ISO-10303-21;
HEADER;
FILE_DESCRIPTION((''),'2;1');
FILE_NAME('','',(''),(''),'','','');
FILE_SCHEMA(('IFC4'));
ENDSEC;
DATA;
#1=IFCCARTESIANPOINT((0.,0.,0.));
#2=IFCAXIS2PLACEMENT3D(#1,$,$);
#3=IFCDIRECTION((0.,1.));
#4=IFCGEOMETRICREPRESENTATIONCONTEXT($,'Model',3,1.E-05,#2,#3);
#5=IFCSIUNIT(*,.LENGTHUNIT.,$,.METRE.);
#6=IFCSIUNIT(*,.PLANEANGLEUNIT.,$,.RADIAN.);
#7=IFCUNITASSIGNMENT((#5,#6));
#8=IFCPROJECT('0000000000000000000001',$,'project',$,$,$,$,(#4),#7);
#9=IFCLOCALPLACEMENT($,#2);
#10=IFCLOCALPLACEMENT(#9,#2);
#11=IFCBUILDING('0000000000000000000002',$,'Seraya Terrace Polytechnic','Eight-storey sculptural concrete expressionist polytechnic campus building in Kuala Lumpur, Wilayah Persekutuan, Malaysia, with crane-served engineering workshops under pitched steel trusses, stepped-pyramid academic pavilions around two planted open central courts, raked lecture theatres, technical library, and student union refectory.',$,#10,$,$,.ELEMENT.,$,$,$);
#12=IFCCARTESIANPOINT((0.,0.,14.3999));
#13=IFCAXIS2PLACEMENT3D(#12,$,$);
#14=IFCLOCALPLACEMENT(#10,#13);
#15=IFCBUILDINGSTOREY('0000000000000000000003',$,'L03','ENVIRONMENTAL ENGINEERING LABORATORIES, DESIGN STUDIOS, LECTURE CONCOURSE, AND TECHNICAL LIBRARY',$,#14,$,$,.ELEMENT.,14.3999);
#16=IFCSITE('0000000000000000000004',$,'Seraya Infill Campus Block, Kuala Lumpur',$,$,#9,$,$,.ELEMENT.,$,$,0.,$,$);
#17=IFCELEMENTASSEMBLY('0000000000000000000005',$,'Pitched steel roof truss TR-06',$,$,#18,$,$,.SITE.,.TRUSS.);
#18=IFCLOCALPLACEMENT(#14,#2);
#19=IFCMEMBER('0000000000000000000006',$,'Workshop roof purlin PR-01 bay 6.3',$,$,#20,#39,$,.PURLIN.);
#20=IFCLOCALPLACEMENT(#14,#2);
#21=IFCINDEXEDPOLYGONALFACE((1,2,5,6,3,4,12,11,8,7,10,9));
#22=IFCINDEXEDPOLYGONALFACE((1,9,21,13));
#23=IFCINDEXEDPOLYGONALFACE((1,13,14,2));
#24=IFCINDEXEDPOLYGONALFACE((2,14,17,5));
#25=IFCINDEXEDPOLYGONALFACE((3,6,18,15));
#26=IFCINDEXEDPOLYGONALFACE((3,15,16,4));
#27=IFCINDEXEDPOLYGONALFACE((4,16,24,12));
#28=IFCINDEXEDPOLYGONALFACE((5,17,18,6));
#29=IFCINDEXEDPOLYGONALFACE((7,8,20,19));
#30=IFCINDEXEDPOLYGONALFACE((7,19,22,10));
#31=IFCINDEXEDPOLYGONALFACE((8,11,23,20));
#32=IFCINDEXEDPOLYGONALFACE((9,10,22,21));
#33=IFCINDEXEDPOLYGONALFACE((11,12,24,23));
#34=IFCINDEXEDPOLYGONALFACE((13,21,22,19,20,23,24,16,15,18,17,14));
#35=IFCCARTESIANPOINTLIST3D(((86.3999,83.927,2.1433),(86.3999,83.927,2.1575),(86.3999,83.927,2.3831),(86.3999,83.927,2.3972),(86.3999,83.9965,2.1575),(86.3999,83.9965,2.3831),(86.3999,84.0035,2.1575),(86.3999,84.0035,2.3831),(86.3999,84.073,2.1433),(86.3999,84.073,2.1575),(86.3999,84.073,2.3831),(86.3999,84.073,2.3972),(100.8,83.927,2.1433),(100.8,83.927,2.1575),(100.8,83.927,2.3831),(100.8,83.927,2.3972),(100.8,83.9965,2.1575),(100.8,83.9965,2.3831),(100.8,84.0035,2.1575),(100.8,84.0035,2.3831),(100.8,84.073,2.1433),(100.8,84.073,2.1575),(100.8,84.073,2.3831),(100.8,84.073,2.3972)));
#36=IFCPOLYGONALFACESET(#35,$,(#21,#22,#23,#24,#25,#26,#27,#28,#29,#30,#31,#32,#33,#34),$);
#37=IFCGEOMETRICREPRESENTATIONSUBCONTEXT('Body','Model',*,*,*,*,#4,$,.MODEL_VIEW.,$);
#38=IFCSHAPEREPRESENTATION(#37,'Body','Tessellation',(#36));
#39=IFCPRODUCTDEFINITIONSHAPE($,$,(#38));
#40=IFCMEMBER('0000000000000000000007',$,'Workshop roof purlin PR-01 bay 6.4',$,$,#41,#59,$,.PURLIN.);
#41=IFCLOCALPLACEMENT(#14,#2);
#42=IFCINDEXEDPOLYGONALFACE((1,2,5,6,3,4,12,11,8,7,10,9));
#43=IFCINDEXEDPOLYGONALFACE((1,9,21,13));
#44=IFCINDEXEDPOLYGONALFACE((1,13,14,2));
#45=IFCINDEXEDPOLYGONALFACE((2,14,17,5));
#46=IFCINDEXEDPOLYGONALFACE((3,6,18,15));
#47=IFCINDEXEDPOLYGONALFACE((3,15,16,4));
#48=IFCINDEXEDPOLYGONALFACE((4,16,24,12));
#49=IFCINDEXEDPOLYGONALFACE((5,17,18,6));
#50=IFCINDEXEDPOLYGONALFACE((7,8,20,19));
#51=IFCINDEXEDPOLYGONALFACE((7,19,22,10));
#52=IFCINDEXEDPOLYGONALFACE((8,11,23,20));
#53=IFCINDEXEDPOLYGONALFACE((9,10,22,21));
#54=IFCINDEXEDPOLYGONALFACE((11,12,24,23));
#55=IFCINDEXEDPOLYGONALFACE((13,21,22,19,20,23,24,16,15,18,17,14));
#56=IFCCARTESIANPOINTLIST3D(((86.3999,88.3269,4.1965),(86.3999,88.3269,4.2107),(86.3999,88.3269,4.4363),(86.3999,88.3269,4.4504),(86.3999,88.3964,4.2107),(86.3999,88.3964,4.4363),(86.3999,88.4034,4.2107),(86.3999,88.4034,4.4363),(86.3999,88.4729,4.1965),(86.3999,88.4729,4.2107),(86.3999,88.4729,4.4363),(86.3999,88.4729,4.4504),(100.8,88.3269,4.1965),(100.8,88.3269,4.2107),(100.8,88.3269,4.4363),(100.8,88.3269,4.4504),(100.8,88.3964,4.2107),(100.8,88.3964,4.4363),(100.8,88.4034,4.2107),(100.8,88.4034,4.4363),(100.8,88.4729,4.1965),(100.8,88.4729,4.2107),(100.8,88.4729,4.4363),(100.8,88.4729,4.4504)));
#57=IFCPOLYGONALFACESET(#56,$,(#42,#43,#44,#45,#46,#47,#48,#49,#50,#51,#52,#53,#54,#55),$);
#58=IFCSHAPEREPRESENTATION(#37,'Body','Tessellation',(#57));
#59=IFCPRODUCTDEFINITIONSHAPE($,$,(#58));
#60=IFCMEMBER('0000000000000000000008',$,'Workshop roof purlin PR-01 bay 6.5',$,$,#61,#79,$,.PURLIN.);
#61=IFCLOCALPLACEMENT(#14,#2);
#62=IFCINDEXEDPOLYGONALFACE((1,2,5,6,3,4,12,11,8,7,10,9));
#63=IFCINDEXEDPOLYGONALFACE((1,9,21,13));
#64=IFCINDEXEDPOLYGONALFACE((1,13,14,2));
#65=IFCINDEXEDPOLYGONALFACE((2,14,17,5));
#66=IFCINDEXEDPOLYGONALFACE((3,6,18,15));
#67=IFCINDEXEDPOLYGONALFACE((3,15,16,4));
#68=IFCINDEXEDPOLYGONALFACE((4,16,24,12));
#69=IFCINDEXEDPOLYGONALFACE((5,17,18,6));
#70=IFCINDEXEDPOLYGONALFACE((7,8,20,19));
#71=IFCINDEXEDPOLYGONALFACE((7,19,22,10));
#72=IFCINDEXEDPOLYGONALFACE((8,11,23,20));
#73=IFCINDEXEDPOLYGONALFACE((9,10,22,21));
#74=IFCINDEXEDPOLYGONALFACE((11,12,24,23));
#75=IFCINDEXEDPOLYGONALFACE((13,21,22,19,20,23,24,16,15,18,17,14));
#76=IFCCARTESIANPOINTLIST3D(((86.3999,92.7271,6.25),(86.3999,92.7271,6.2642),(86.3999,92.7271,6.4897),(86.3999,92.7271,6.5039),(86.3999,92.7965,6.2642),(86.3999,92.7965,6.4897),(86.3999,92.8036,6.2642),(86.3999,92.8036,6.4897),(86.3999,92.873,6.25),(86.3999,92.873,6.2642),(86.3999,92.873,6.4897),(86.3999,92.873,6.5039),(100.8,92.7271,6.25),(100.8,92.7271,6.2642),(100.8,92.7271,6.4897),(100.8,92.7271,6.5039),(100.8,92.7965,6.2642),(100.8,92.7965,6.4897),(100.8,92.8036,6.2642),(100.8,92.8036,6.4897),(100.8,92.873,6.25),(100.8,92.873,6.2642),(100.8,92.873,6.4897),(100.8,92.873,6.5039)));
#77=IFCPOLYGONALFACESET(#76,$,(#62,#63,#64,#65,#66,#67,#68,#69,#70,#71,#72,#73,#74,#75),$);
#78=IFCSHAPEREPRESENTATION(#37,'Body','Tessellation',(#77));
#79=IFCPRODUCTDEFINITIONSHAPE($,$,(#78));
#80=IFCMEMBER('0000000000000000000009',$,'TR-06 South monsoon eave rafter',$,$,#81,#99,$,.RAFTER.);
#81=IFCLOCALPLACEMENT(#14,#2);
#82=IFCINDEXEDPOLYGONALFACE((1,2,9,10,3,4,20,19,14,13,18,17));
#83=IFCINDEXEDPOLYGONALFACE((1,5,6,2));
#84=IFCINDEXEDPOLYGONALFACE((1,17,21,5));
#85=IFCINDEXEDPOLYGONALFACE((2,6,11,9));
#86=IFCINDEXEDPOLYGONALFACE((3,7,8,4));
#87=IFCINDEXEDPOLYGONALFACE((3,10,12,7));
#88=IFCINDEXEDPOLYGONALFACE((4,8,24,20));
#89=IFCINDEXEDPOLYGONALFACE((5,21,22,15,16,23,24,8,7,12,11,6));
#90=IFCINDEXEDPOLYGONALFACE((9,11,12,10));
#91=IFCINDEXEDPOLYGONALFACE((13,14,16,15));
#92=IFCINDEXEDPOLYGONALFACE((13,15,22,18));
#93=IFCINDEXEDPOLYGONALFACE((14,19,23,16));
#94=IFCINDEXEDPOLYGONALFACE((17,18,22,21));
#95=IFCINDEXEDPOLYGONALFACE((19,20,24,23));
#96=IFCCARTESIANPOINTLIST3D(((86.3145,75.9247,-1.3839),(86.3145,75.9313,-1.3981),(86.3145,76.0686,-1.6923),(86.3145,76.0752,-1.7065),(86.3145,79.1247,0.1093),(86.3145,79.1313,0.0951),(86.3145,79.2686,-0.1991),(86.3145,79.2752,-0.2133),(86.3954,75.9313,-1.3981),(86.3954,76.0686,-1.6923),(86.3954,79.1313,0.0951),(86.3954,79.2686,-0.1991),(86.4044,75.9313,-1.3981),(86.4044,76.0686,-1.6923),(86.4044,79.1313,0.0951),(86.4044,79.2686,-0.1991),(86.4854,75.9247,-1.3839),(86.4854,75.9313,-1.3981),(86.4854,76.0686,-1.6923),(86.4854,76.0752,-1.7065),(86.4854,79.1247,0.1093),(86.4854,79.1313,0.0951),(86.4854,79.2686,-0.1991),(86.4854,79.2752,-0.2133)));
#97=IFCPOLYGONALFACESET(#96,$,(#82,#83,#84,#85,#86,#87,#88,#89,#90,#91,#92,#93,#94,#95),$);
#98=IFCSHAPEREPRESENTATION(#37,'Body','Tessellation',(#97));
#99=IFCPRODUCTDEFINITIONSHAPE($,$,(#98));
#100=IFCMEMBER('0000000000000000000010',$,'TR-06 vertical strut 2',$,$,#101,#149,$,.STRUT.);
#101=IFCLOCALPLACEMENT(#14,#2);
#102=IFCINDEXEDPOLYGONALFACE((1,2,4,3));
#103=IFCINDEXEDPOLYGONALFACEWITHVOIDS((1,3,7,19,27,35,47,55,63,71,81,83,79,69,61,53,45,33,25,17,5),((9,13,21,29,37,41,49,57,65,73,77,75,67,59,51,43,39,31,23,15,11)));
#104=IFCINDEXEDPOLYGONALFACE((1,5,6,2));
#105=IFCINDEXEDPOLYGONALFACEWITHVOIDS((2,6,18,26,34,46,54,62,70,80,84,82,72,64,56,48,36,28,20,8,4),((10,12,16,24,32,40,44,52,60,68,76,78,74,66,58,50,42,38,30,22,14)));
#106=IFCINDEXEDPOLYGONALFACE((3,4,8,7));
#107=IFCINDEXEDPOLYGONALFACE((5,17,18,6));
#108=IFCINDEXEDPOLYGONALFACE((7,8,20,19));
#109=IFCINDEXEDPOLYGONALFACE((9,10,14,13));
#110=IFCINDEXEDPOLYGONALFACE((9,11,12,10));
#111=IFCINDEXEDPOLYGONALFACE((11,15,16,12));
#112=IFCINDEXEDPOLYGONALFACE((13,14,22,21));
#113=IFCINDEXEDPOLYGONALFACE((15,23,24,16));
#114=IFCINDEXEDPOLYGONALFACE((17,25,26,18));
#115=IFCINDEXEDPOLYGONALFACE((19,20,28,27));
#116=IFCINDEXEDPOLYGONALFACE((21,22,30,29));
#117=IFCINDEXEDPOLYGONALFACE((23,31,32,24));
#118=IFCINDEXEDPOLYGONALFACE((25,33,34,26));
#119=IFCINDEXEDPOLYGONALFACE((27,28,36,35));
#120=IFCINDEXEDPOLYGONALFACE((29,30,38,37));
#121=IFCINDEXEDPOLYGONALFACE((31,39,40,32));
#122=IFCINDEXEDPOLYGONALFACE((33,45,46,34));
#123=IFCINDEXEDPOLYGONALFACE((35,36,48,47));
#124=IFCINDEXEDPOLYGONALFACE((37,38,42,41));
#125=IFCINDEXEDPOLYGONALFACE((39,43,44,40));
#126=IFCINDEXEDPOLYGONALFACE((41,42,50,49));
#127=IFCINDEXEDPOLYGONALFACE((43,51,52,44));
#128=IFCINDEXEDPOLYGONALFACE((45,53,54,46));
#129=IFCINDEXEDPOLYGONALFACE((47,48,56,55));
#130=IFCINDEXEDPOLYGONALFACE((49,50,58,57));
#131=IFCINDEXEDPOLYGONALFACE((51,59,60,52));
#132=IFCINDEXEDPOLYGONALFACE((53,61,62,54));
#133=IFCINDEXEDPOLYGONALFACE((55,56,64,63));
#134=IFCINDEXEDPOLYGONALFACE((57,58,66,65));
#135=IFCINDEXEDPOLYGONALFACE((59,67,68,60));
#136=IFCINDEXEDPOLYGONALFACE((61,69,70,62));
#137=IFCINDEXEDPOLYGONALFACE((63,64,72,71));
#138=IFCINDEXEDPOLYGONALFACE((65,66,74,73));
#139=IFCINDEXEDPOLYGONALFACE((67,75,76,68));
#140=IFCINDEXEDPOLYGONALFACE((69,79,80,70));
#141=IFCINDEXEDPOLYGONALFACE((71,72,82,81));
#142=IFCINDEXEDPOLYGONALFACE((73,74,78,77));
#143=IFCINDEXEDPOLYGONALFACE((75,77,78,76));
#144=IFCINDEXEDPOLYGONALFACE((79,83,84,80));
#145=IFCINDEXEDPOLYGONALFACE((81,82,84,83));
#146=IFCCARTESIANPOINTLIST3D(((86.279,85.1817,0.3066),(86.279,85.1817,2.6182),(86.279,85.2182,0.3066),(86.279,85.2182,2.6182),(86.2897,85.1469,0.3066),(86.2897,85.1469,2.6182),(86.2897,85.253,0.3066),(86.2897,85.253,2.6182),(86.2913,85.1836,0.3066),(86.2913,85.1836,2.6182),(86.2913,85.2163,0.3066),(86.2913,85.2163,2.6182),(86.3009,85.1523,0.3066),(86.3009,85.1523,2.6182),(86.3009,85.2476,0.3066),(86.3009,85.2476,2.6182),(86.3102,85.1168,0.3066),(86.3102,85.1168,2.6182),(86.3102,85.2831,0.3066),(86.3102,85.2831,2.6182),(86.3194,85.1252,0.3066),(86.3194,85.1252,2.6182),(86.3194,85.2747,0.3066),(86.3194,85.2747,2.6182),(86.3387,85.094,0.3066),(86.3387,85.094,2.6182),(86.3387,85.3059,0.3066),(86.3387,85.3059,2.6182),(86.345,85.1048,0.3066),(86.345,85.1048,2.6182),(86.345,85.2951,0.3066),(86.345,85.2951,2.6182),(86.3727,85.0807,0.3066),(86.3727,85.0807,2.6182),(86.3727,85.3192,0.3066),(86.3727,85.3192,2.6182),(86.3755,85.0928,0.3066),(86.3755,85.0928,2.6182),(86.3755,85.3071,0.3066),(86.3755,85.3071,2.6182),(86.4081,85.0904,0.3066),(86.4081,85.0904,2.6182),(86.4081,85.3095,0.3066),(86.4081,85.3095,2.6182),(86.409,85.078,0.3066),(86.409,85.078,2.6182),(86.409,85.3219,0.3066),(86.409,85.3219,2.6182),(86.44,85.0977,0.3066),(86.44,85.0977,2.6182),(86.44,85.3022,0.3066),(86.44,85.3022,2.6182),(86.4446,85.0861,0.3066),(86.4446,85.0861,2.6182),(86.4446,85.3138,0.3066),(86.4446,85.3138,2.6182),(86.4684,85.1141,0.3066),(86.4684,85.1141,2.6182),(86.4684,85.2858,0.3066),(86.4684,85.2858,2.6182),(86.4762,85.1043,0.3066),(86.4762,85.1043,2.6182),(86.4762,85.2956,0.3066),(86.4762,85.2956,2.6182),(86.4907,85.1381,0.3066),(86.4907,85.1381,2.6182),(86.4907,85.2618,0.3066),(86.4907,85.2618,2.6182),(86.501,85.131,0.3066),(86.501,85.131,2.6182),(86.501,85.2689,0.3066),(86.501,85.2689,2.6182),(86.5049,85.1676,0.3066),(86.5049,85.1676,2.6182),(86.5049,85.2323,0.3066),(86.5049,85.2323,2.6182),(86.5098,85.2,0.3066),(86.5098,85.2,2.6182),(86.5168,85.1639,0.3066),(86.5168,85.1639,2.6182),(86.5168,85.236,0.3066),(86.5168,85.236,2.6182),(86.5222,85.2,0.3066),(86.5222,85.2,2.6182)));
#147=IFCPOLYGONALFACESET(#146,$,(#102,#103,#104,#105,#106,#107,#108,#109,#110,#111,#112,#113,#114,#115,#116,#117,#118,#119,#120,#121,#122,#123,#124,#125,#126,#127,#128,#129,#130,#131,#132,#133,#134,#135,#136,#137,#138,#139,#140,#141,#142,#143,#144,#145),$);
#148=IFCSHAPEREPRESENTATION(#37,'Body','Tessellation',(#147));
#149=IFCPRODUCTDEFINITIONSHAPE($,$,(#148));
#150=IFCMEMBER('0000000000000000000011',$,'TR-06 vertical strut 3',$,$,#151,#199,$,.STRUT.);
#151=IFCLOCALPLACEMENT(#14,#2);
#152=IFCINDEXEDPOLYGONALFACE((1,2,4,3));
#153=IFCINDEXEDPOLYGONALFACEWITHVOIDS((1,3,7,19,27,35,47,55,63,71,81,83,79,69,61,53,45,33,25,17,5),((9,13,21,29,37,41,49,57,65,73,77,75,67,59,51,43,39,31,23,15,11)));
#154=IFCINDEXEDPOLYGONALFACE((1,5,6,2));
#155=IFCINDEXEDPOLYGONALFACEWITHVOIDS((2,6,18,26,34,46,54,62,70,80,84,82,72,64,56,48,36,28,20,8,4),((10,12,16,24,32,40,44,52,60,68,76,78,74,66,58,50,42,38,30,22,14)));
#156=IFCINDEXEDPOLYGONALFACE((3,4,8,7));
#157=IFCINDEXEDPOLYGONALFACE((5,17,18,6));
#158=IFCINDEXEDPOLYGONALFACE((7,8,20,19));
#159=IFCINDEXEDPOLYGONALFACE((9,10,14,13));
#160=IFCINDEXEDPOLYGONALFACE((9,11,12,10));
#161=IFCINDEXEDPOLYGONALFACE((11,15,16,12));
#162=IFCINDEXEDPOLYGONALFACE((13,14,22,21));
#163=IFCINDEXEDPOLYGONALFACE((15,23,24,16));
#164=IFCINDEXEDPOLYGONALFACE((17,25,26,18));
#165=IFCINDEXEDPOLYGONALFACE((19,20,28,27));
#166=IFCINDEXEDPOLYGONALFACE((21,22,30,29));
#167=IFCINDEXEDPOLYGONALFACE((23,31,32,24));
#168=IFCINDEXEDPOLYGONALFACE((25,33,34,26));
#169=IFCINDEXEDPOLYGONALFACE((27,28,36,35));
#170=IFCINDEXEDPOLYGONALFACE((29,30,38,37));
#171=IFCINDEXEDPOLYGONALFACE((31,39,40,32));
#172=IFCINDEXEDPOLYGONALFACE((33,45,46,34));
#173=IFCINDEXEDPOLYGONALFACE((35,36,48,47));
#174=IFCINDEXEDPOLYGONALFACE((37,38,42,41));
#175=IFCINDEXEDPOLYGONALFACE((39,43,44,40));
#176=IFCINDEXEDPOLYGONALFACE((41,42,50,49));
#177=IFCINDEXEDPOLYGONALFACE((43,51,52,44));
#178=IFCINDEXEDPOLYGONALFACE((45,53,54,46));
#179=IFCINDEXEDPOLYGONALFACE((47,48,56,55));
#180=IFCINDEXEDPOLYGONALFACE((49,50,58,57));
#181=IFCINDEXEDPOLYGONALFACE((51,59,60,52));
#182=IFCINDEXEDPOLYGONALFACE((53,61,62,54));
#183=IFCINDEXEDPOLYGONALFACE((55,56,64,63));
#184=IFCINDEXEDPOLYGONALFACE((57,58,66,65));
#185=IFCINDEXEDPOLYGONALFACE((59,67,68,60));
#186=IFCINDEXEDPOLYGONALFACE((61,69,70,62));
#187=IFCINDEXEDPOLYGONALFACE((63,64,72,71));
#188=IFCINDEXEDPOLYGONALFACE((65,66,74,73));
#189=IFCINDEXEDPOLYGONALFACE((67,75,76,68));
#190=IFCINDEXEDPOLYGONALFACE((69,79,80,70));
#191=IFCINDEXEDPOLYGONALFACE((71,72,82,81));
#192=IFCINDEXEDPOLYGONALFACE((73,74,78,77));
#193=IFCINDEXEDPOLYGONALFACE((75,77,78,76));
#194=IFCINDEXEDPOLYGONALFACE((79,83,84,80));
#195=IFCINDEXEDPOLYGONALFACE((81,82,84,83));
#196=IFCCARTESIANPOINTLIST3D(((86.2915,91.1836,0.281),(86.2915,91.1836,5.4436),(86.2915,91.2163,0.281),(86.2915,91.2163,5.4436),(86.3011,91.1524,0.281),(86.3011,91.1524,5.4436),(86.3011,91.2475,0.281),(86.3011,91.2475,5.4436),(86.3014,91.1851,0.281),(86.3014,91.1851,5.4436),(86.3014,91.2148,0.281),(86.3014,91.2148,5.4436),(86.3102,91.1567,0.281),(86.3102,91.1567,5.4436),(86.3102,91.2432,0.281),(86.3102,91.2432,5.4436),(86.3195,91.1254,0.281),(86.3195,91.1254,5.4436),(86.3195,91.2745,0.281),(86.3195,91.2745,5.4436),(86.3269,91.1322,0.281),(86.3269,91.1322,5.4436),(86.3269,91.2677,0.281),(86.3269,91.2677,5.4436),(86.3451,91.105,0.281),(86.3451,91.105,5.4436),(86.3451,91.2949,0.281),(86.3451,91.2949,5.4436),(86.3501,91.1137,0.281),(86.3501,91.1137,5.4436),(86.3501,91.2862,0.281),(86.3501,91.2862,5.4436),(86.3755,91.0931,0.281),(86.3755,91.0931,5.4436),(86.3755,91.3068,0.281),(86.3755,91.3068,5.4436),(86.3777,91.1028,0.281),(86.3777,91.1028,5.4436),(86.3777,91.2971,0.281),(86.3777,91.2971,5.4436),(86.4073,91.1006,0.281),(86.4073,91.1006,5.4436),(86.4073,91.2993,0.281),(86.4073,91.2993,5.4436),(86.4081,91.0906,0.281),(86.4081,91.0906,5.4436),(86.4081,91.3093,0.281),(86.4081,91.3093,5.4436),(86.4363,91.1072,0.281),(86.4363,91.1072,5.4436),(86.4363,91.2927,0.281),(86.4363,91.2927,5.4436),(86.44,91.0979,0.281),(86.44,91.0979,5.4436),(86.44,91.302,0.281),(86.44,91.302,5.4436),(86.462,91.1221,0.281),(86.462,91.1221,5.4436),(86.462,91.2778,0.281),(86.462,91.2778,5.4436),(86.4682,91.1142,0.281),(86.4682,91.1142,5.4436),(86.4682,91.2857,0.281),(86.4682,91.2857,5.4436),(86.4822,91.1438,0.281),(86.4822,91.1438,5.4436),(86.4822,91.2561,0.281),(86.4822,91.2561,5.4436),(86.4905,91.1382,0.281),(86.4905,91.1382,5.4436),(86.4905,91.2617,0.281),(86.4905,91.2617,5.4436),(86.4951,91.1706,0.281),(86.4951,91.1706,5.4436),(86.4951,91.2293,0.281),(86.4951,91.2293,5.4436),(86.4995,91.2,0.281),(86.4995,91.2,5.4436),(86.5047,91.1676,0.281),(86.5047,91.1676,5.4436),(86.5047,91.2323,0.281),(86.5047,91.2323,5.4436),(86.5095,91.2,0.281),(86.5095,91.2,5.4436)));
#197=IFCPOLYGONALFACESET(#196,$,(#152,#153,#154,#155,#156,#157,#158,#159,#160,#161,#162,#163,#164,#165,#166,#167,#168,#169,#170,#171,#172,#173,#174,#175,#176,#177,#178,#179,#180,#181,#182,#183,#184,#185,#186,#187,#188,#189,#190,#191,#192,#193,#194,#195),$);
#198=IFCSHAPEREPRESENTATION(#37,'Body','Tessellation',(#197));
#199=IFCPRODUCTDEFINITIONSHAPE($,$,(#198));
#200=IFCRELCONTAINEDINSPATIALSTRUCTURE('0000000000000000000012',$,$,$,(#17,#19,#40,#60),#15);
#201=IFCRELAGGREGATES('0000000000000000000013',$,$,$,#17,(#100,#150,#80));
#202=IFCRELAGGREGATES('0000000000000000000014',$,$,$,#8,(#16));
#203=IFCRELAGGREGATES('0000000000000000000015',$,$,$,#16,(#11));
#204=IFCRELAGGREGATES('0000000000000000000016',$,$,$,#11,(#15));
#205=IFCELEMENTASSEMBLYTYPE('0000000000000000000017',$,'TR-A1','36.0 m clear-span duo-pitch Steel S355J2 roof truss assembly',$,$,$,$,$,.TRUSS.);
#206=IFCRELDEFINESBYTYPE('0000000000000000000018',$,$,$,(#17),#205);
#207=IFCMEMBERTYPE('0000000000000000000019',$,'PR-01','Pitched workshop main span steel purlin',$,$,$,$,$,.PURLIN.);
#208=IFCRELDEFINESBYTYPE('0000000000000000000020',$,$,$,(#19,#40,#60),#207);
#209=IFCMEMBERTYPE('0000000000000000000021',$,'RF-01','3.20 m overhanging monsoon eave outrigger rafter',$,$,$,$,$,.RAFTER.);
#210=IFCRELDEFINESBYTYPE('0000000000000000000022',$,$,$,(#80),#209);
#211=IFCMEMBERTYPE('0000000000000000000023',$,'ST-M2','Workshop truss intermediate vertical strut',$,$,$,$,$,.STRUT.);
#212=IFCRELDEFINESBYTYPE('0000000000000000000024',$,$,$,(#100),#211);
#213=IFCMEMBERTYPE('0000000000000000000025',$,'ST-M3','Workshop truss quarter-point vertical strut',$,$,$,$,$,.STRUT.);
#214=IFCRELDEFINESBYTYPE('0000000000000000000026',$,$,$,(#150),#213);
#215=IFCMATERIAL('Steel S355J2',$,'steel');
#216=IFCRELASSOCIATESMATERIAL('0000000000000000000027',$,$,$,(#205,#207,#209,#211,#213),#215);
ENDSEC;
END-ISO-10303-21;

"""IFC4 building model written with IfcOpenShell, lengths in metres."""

from ifc_helpers import new_model, si_unit, direction, frame, origin, origin_2d, place, context, subcontext, project, spatial, hollow_circle, i_section, extrude, material, material_profile, profile_set, type_object, element, aggregate, save


model = new_model("IFC4")

# Units and contexts
model_context = context("Model", 3, precision=1e-05, world=origin(), true_north=direction((0.0, 1.0)))
body_context = subcontext(model_context, "Body", "Model", "MODEL_VIEW")
ifc_project = project(units=[si_unit("LENGTHUNIT", "METRE"), si_unit("PLANEANGLEUNIT", "RADIAN")], contexts=[model_context])

# Site, building, storey
site_placement = place(None, origin())
site = spatial("IfcSite", under=ifc_project, at=site_placement, Name="Seraya Infill Campus Block, Kuala Lumpur", CompositionType="ELEMENT", RefElevation=0.0)
building_placement = place(site_placement, origin())
building = spatial("IfcBuilding", under=site, at=building_placement, Name="Seraya Terrace Polytechnic", Description="Eight-storey sculptural concrete expressionist polytechnic campus building in Kuala Lumpur, Wilayah Persekutuan, Malaysia, with crane-served engineering workshops under pitched steel trusses, stepped-pyramid academic pavilions around two planted open central courts, raked lecture theatres, technical library, and student union refectory.", CompositionType="ELEMENT")
storey_placement = place(building_placement, frame((0.0, 0.0, 14.3999)))
storey = spatial("IfcBuildingStorey", under=building, at=storey_placement, Name="L03", Description="ENVIRONMENTAL ENGINEERING LABORATORIES, DESIGN STUDIOS, LECTURE CONCOURSE, AND TECHNICAL LIBRARY", CompositionType="ELEMENT", Elevation=14.3999)

# Element assembly
ifc_material_1 = material(Name="Steel S355J2", Category="steel")
element_assembly_type = type_object("IfcElementAssemblyType", Name="TR-A1", Description="36.0 m clear-span duo-pitch Steel S355J2 roof truss assembly", PredefinedType="TRUSS", material=ifc_material_1)
assembly_placement = place(storey_placement, origin())
assembly = element("IfcElementAssembly", 1, at=assembly_placement, inside=storey, type_object=element_assembly_type, Name="Pitched steel roof truss TR-06", AssemblyPlace="SITE", PredefinedType="TRUSS")

# Members
ifc_material_profile_1 = material_profile(ifc_material_1, i_section(OverallWidth=0.146, OverallDepth=0.2539, WebThickness=0.0071, FlangeThickness=0.0142, at=origin_2d()), Name="UKB 254x146x7.2x14.2")
ifc_profile_set_1 = profile_set([ifc_material_profile_1], Name="Steel S355J2")
member_type_1 = type_object("IfcMemberType", Name="PR-01", Description="Pitched workshop main span steel purlin", PredefinedType="PURLIN", material=ifc_profile_set_1)
for number, where, z_axis, x_axis, name in (
    (2, (86.3999, 84.0, 2.2703), (1.0, 0.0, 0.0), (0.0, 1.0, 0.0), "Workshop roof purlin PR-01 bay 6.3"),
    (3, (86.3999, 88.3999, 4.3235), (1.0, 0.0, 0.0), (0.0, 1.0, 0.0), "Workshop roof purlin PR-01 bay 6.4"),
    (4, (86.3999, 92.8, 6.377), (1.0, 0.0, 0.0), (0.0, 1.0, 0.0), "Workshop roof purlin PR-01 bay 6.5"),
):
    element("IfcMember", number, at=place(storey_placement, frame(where, z_axis=z_axis, x_axis=x_axis)), inside=storey, type_object=member_type_1, Name=name, PredefinedType="PURLIN", context=body_context, shape_type="SweptSolid", body=[
        extrude(i_section(OverallWidth=0.146, OverallDepth=0.2539, WebThickness=0.0071, FlangeThickness=0.0142, at=origin_2d()), origin(), (0.0, 0.0, 1.0), 14.4001),
    ])

# Members
ifc_material_profile_2 = material_profile(ifc_material_1, i_section(OverallWidth=0.1709, OverallDepth=0.356, WebThickness=0.009, FlangeThickness=0.0156, at=origin_2d()), Name="UKB 356x171x9.1x15.7")
ifc_profile_set_2 = profile_set([ifc_material_profile_2], Name="Steel S355J2")
member_type_2 = type_object("IfcMemberType", Name="RF-01", Description="3.20 m overhanging monsoon eave outrigger rafter", PredefinedType="RAFTER", material=ifc_profile_set_2)
member_1_placement = place(storey_placement, frame((86.3999, 79.2, -0.052), z_axis=(0.0, -0.906199, -0.422851), x_axis=(1.0, 0.0, 0.0)))
member_1 = element("IfcMember", 5, at=member_1_placement, type_object=member_type_2, Name="TR-06 South monsoon eave rafter", PredefinedType="RAFTER", context=body_context, shape_type="SweptSolid", body=[
    extrude(i_section(OverallWidth=0.1709, OverallDepth=0.356, WebThickness=0.009, FlangeThickness=0.0156, at=origin_2d()), origin(), (0.0, 0.0, 1.0), 3.5312),
])
ifc_material_profile_3 = material_profile(ifc_material_1, hollow_circle(Radius=0.1223, WallThickness=0.0125, at=origin_2d()), Name="CHS 244.5x12.5")
ifc_profile_set_3 = profile_set([ifc_material_profile_3], Name="Steel S355J2")
member_type_3 = type_object("IfcMemberType", Name="ST-M2", Description="Workshop truss intermediate vertical strut", PredefinedType="STRUT", material=ifc_profile_set_3)
member_2_placement = place(storey_placement, frame((86.3999, 85.2, 0.3066), z_axis=(0.0, 0.0, 1.0), x_axis=(1.0, 0.0, 0.0)))
member_2 = element("IfcMember", 6, at=member_2_placement, type_object=member_type_3, Name="TR-06 vertical strut 2", PredefinedType="STRUT", context=body_context, shape_type="SweptSolid", body=[
    extrude(hollow_circle(Radius=0.1223, WallThickness=0.0125, at=origin_2d()), origin(), (0.0, 0.0, 1.0), 2.3115),
])
ifc_material_profile_4 = material_profile(ifc_material_1, hollow_circle(Radius=0.1096, WallThickness=0.01, at=origin_2d()), Name="CHS 219.1x10.0")
ifc_profile_set_4 = profile_set([ifc_material_profile_4], Name="Steel S355J2")
member_type_4 = type_object("IfcMemberType", Name="ST-M3", Description="Workshop truss quarter-point vertical strut", PredefinedType="STRUT", material=ifc_profile_set_4)
member_3_placement = place(storey_placement, frame((86.3999, 91.2, 0.281), z_axis=(0.0, 0.0, 1.0), x_axis=(1.0, 0.0, 0.0)))
member_3 = element("IfcMember", 7, at=member_3_placement, type_object=member_type_4, Name="TR-06 vertical strut 3", PredefinedType="STRUT", context=body_context, shape_type="SweptSolid", body=[
    extrude(hollow_circle(Radius=0.1096, WallThickness=0.01, at=origin_2d()), origin(), (0.0, 0.0, 1.0), 5.1626),
])

aggregate(assembly, [member_2, member_3, member_1])

save(model, "model.ifc")
